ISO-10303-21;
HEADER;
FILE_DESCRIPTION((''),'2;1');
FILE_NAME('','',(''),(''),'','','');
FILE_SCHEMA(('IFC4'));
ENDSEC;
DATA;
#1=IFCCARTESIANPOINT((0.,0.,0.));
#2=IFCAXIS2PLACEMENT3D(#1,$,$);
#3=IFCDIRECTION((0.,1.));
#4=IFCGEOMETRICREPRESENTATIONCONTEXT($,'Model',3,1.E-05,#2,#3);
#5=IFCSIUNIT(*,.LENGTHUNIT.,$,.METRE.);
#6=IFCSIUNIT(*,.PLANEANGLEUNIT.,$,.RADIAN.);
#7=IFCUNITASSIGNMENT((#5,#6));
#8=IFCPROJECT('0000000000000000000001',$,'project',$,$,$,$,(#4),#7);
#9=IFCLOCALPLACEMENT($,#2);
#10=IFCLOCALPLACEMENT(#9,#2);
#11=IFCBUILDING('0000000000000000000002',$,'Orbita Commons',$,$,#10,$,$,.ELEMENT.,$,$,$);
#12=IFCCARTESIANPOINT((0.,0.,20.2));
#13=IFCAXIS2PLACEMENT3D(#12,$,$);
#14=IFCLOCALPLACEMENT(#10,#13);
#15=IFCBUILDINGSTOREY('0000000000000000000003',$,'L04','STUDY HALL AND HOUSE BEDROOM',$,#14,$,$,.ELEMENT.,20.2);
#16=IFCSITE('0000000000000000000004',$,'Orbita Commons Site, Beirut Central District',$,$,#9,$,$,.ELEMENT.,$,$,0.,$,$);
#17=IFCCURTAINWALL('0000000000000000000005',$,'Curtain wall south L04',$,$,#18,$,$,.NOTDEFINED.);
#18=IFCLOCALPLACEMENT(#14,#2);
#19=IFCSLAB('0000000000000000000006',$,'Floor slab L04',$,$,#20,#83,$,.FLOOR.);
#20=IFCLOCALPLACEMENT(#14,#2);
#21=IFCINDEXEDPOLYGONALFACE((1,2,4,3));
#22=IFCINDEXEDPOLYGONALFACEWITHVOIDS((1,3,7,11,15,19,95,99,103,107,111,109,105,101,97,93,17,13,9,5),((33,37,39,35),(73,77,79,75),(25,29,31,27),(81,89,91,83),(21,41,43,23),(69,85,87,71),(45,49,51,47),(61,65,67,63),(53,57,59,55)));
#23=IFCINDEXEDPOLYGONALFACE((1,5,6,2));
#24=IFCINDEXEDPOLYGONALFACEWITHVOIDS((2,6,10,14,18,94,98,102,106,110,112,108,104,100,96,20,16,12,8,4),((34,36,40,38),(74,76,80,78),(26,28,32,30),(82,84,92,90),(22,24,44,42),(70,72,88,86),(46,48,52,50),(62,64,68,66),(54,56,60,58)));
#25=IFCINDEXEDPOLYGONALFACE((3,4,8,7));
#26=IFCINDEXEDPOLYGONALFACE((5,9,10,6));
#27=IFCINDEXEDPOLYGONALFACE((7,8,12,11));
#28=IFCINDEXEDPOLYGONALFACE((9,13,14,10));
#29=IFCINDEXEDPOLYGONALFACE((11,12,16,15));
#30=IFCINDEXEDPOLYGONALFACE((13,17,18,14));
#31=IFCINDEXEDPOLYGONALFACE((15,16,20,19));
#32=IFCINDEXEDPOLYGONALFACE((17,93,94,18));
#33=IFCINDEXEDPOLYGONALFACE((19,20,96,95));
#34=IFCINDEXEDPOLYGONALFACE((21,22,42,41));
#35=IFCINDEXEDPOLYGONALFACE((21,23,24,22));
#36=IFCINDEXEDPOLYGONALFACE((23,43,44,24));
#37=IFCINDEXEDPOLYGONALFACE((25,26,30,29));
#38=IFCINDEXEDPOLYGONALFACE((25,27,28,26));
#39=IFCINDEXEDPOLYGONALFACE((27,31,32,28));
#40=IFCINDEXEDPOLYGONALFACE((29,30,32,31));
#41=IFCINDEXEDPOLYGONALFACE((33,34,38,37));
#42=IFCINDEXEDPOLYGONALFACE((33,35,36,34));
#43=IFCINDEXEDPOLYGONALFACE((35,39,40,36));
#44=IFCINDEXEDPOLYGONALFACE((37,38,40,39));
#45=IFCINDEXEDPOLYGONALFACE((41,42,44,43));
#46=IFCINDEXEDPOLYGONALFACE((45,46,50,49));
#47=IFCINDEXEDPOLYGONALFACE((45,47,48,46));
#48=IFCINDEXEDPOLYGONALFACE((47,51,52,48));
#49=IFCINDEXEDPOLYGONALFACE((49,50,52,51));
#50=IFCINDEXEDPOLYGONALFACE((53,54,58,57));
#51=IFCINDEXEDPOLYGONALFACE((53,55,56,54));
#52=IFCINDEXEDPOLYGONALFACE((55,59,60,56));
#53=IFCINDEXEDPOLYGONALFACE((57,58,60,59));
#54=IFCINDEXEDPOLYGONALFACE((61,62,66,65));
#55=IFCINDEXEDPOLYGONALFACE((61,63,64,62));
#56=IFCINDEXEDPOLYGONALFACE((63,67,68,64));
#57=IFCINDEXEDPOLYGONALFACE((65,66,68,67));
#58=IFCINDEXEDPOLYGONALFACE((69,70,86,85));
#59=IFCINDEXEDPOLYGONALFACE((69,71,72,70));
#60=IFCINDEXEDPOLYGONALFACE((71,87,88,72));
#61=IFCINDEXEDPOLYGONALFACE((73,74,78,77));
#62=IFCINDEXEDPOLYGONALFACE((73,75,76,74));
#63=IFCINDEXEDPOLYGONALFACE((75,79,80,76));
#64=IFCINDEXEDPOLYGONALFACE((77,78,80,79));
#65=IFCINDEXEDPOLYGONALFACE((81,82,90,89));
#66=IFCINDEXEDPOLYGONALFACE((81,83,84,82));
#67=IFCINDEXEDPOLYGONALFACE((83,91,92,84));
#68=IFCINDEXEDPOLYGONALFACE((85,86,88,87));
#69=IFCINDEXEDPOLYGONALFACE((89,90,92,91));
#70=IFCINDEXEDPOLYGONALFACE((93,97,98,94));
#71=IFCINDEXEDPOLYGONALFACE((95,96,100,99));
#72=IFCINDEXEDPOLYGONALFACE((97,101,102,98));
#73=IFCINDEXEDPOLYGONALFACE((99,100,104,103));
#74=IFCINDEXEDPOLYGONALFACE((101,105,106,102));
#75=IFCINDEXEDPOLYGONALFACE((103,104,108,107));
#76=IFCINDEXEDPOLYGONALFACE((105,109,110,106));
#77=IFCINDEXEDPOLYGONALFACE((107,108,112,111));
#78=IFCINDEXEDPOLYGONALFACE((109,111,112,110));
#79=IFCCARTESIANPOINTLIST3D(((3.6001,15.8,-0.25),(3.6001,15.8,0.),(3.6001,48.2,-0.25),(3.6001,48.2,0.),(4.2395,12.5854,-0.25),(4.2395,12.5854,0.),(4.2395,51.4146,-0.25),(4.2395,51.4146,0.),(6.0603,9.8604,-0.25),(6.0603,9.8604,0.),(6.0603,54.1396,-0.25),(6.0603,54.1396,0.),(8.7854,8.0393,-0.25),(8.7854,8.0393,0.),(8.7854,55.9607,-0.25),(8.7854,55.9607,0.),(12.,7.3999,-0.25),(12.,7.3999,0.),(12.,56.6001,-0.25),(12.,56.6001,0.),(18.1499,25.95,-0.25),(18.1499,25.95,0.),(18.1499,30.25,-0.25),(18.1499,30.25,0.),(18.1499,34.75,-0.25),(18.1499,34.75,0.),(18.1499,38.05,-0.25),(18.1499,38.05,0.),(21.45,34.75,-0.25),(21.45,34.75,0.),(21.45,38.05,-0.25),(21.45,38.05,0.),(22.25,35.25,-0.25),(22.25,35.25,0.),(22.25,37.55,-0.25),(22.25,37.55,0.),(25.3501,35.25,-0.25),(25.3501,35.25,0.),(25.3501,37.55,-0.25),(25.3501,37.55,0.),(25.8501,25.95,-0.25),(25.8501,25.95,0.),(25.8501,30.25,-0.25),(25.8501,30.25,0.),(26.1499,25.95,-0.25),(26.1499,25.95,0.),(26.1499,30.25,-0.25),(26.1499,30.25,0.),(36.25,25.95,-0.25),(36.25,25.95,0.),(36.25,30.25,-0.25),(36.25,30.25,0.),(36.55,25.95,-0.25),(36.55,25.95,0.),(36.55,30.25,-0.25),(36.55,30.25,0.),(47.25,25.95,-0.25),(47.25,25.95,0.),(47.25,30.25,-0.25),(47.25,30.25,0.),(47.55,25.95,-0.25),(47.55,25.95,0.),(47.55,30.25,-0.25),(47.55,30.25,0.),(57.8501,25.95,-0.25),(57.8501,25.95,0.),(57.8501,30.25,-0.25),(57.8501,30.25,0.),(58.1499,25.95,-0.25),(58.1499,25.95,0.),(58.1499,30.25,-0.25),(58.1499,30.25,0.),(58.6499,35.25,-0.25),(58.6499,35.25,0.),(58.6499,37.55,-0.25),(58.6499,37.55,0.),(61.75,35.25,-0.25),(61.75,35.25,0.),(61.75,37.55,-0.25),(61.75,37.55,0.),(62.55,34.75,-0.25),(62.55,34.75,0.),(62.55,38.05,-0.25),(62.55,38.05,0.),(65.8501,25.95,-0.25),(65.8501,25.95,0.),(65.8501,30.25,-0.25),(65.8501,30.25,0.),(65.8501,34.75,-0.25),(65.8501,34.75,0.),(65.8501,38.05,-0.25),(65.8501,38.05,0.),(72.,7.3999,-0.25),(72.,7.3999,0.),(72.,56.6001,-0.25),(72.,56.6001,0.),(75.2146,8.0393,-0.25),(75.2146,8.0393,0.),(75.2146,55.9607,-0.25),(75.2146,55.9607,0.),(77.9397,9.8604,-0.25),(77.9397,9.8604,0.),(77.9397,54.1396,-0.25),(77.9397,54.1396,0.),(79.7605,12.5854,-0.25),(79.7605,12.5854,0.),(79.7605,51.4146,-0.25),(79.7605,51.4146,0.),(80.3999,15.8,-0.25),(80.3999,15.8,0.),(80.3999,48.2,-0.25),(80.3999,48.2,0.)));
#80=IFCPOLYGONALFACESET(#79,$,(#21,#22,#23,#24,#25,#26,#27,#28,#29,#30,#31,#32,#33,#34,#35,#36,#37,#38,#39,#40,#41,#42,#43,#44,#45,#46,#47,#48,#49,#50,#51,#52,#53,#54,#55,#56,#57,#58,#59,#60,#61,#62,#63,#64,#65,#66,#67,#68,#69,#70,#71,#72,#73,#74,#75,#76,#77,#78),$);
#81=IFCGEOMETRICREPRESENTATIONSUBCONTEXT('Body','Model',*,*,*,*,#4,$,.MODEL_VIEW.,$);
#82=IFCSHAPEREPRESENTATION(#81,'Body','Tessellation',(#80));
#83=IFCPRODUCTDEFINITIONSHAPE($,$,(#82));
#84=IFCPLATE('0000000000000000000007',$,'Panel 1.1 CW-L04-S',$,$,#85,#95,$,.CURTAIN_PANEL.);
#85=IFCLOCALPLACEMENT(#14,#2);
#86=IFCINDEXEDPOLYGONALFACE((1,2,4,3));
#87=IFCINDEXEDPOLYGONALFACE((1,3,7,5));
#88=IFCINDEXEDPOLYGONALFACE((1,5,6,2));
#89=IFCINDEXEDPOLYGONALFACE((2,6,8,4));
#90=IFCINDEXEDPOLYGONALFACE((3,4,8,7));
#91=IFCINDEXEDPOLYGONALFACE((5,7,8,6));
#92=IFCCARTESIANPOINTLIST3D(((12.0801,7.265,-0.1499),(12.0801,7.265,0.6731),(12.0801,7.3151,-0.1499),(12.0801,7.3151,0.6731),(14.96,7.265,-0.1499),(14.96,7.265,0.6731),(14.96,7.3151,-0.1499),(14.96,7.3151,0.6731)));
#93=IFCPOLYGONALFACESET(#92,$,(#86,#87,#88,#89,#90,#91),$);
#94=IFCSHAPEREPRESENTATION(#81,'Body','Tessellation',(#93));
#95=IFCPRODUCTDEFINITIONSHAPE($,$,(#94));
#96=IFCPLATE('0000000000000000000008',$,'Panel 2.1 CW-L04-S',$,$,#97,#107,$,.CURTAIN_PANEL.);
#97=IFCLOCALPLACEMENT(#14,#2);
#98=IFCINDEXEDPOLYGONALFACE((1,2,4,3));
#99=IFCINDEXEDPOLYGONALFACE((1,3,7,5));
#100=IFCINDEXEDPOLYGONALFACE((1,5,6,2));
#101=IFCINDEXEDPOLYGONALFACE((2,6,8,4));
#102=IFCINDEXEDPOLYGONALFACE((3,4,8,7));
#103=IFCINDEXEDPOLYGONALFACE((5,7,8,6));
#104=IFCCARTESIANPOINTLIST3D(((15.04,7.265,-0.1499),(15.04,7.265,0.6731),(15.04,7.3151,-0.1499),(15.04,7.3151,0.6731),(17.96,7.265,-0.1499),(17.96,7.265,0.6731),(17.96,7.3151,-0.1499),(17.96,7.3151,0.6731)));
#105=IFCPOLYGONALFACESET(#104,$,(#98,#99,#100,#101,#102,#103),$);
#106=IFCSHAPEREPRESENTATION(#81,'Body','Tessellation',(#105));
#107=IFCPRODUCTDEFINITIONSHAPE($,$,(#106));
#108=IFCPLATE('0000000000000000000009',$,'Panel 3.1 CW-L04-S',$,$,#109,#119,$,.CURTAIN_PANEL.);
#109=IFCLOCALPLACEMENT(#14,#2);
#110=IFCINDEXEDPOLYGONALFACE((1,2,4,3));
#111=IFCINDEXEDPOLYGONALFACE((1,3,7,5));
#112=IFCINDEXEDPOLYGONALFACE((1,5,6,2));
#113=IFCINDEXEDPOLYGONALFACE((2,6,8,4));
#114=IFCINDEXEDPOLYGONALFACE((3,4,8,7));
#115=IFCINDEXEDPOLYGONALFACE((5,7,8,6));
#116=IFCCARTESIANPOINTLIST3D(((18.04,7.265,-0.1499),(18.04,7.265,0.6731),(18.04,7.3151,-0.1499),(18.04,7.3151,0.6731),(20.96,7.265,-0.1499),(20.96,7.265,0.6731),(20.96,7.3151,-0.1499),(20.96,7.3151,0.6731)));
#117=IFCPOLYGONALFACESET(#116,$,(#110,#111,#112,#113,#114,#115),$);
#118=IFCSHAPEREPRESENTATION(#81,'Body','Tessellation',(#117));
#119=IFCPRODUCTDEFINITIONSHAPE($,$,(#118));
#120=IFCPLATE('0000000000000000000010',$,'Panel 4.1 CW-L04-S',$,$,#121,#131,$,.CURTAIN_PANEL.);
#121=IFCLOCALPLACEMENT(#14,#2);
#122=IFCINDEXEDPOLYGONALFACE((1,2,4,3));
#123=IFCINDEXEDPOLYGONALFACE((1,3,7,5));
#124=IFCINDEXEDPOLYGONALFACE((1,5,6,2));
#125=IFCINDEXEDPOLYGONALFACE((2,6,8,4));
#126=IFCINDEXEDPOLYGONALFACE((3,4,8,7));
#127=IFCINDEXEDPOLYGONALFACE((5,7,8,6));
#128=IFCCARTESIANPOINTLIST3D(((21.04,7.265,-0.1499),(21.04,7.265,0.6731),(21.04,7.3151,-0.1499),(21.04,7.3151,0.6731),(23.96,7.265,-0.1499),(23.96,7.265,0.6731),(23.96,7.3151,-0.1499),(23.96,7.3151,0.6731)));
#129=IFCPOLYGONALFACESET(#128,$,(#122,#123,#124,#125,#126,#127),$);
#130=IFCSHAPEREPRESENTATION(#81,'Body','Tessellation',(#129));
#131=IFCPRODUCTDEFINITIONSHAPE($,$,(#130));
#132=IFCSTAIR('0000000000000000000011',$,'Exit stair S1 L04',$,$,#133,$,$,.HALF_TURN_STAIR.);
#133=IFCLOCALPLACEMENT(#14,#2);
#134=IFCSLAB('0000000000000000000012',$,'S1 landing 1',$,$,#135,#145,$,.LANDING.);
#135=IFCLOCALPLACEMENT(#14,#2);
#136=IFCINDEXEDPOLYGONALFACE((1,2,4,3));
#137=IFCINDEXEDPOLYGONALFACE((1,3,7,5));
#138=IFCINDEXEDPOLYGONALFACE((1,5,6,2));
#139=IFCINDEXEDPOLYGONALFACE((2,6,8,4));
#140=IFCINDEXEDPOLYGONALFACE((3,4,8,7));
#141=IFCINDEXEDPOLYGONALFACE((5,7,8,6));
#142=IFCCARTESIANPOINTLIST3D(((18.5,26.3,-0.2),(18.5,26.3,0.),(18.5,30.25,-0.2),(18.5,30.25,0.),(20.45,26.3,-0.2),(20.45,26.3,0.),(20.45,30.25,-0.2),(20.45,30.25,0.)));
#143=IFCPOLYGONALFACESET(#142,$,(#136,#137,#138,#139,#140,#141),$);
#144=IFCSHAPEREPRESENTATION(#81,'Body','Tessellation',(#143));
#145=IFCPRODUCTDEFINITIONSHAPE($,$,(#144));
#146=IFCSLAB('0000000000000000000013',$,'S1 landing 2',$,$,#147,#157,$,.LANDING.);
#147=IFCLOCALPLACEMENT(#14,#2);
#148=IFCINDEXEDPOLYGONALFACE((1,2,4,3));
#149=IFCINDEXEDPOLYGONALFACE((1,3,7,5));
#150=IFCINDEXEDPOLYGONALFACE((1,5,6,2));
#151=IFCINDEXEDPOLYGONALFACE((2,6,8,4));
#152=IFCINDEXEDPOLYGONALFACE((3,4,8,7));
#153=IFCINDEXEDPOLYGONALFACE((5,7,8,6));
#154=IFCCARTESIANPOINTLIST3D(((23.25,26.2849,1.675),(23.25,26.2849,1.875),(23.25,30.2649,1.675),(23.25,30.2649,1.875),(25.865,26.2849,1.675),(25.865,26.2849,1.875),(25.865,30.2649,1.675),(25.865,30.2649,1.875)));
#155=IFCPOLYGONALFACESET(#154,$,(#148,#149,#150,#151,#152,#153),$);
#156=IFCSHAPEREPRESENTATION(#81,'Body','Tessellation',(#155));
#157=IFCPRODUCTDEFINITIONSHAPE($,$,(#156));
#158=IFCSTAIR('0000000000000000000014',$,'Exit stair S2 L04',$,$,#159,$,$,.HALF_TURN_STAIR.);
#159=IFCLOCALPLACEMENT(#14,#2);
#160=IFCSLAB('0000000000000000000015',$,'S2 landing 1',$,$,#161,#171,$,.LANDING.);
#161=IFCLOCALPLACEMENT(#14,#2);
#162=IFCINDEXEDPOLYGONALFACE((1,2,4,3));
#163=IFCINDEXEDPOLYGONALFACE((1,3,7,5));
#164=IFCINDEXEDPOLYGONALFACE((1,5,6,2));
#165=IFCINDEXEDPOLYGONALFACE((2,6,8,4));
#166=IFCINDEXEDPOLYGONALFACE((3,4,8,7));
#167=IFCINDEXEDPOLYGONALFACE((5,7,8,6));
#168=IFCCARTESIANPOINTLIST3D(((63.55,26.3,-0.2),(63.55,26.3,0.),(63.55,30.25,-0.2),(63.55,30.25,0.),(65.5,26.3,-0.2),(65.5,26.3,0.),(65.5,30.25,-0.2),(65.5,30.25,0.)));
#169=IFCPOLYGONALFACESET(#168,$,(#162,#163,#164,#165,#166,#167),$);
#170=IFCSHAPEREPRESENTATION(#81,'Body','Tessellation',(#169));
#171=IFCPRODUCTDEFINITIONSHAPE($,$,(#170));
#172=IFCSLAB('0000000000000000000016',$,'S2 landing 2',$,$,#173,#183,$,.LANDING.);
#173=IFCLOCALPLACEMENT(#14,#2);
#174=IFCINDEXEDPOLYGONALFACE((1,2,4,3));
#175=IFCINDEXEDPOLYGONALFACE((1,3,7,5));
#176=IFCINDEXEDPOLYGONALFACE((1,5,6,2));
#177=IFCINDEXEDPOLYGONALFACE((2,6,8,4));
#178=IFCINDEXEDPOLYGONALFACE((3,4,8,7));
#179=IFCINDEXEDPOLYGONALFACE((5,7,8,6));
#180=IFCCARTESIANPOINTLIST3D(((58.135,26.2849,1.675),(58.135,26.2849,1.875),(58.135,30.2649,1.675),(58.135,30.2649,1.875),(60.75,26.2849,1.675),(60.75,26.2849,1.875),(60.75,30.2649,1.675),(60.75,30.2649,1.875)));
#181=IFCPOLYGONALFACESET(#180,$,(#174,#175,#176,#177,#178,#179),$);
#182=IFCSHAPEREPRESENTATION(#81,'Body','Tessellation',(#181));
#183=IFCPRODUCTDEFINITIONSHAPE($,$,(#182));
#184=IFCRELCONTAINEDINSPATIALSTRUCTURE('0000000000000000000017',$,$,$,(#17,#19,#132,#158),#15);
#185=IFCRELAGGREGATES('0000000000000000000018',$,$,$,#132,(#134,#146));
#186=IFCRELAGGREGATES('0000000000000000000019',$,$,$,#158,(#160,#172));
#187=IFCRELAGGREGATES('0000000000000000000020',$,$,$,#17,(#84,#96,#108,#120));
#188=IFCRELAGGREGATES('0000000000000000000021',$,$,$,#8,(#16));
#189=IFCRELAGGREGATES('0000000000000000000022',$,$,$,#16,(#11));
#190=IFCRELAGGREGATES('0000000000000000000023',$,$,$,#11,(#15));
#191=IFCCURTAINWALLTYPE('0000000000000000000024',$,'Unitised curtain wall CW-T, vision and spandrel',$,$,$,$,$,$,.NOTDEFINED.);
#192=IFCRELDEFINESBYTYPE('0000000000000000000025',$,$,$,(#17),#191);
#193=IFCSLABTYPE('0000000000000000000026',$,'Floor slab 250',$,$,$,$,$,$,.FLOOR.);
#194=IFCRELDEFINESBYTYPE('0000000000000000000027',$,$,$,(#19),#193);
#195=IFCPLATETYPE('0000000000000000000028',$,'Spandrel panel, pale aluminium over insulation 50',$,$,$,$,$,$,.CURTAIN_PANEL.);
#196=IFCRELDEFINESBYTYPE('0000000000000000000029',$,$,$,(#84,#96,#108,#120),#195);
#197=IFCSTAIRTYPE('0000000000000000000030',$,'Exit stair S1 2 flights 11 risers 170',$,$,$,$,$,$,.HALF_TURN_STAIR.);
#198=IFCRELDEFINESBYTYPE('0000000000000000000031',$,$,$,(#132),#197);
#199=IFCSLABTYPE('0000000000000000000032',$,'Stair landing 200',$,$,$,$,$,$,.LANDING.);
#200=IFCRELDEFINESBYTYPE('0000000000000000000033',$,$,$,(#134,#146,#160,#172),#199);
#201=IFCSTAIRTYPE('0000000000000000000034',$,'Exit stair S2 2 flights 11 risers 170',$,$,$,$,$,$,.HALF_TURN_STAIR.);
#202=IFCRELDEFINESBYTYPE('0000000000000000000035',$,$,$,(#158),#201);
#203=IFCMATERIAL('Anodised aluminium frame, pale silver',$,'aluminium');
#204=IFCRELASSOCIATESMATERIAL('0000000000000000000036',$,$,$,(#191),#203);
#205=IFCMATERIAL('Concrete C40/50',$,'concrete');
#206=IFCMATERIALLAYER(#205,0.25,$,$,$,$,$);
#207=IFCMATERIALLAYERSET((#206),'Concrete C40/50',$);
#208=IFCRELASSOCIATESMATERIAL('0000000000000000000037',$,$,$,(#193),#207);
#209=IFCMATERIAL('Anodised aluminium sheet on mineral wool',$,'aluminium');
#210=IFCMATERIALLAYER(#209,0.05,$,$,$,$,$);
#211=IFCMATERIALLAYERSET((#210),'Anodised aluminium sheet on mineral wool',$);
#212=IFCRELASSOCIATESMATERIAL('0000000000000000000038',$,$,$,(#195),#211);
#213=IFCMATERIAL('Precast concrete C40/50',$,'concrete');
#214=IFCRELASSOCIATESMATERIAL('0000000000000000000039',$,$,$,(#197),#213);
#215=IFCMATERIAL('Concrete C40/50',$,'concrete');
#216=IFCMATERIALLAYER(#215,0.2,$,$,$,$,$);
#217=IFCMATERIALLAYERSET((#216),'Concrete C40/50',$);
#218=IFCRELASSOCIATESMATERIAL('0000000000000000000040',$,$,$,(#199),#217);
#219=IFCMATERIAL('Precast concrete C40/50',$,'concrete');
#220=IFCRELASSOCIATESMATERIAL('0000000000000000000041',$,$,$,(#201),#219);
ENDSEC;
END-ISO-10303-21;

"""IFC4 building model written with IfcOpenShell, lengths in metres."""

from ifc_helpers import new_model, si_unit, direction, frame, origin, origin_2d, place, context, subcontext, project, spatial, polyline, rectangle, outline, extrude, material, layer, layer_set, type_object, element, aggregate, save


model = new_model("IFC4")

# Units and contexts
model_context = context("Model", 3, precision=1e-05, world=origin(), true_north=direction((0.0, 1.0)))
body_context = subcontext(model_context, "Body", "Model", "MODEL_VIEW")
ifc_project = project(units=[si_unit("LENGTHUNIT", "METRE"), si_unit("PLANEANGLEUNIT", "RADIAN")], contexts=[model_context])

# Site, building, storey
site_placement = place(None, origin())
site = spatial("IfcSite", under=ifc_project, at=site_placement, Name="Orbita Commons Site, Beirut Central District", CompositionType="ELEMENT", RefElevation=0.0)
building_placement = place(site_placement, origin())
building = spatial("IfcBuilding", under=site, at=building_placement, Name="Orbita Commons", CompositionType="ELEMENT")
storey_placement = place(building_placement, frame((0.0, 0.0, 20.2)))
storey = spatial("IfcBuildingStorey", under=building, at=storey_placement, Name="L04", Description="STUDY HALL AND HOUSE BEDROOM", CompositionType="ELEMENT", Elevation=20.2)

# Curtain wall
ifc_material_1 = material(Name="Anodised aluminium frame, pale silver", Category="aluminium")
curtain_wall_type = type_object("IfcCurtainWallType", Name="Unitised curtain wall CW-T, vision and spandrel", PredefinedType="NOTDEFINED", material=ifc_material_1)
curtain_wall_placement = place(storey_placement, origin())
curtain_wall = element("IfcCurtainWall", 1, at=curtain_wall_placement, inside=storey, type_object=curtain_wall_type, Name="Curtain wall south L04", PredefinedType="NOTDEFINED")

# Slab
ifc_material_2 = material(Name="Concrete C40/50", Category="concrete")
ifc_layer_1 = layer(ifc_material_2, 0.25)
ifc_layer_set_1 = layer_set([ifc_layer_1], Name="Concrete C40/50")
slab_type_1 = type_object("IfcSlabType", Name="Floor slab 250", PredefinedType="FLOOR", material=ifc_layer_set_1)
slab_1_placement = place(storey_placement, frame((0.0, 0.0, -0.25)))
element("IfcSlab", 2, at=slab_1_placement, inside=storey, type_object=slab_type_1, Name="Floor slab L04", PredefinedType="FLOOR", context=body_context, shape_type="SweptSolid", body=[
    extrude(outline(polyline([(72.0, 7.3999), (75.2146, 8.0393), (77.9397, 9.8604), (79.7605, 12.5854), (80.3999, 15.8), (80.3999, 48.2), (79.7605, 51.4146), (77.9397, 54.1396), (75.2146, 55.9607), (72.0, 56.6001), (12.0, 56.6001), (8.7854, 55.9607), (6.0603, 54.1396), (4.2395, 51.4146), (3.6001, 48.2), (3.6001, 15.8), (4.2395, 12.5854), (6.0603, 9.8604), (8.7854, 8.0393), (12.0, 7.3999), (72.0, 7.3999)]), holes=[polyline([(18.1499, 25.95), (25.8501, 25.95), (25.8501, 30.25), (18.1499, 30.25), (18.1499, 25.95)]), polyline([(58.1499, 25.95), (65.8501, 25.95), (65.8501, 30.25), (58.1499, 30.25), (58.1499, 25.95)]), polyline([(18.1499, 34.75), (21.45, 34.75), (21.45, 38.05), (18.1499, 38.05), (18.1499, 34.75)]), polyline([(62.55, 34.75), (65.8501, 34.75), (65.8501, 38.05), (62.55, 38.05), (62.55, 34.75)]), polyline([(22.25, 35.25), (25.3501, 35.25), (25.3501, 37.55), (22.25, 37.55), (22.25, 35.25)]), polyline([(58.6499, 35.25), (61.75, 35.25), (61.75, 37.55), (58.6499, 37.55), (58.6499, 35.25)]), polyline([(26.1499, 25.95), (36.25, 25.95), (36.25, 30.25), (26.1499, 30.25), (26.1499, 25.95)]), polyline([(36.55, 25.95), (47.25, 25.95), (47.25, 30.25), (36.55, 30.25), (36.55, 25.95)]), polyline([(47.55, 25.95), (57.8501, 25.95), (57.8501, 30.25), (47.55, 30.25), (47.55, 25.95)])]), origin(), (0.0, 0.0, 1.0), 0.25),
])

# Plates
ifc_material_3 = material(Name="Anodised aluminium sheet on mineral wool", Category="aluminium")
ifc_layer_2 = layer(ifc_material_3, 0.05)
ifc_layer_set_2 = layer_set([ifc_layer_2], Name="Anodised aluminium sheet on mineral wool")
plate_type_1 = type_object("IfcPlateType", Name="Spandrel panel, pale aluminium over insulation 50", PredefinedType="CURTAIN_PANEL", material=ifc_layer_set_2)
plate_1_placement = place(storey_placement, frame((13.52, 7.29, -0.1499), z_axis=(0.0, 0.0, 1.0), x_axis=(1.0, 0.0, 0.0)))
plate_1 = element("IfcPlate", 3, at=plate_1_placement, type_object=plate_type_1, Name="Panel 1.1 CW-L04-S", PredefinedType="CURTAIN_PANEL", context=body_context, shape_type="SweptSolid", body=[
    extrude(rectangle(XDim=2.8799, YDim=0.05, at=origin_2d()), origin(), (0.0, 0.0, 1.0), 0.823),
])
plate_2_placement = place(storey_placement, frame((16.5, 7.29, -0.1499), z_axis=(0.0, 0.0, 1.0), x_axis=(1.0, 0.0, 0.0)))
plate_2 = element("IfcPlate", 4, at=plate_2_placement, type_object=plate_type_1, Name="Panel 2.1 CW-L04-S", PredefinedType="CURTAIN_PANEL", context=body_context, shape_type="SweptSolid", body=[
    extrude(rectangle(XDim=2.9199, YDim=0.05, at=origin_2d()), origin(), (0.0, 0.0, 1.0), 0.823),
])
plate_3_placement = place(storey_placement, frame((19.5, 7.29, -0.1499), z_axis=(0.0, 0.0, 1.0), x_axis=(1.0, 0.0, 0.0)))
plate_3 = element("IfcPlate", 5, at=plate_3_placement, type_object=plate_type_1, Name="Panel 3.1 CW-L04-S", PredefinedType="CURTAIN_PANEL", context=body_context, shape_type="SweptSolid", body=[
    extrude(rectangle(XDim=2.9199, YDim=0.05, at=origin_2d()), origin(), (0.0, 0.0, 1.0), 0.823),
])
plate_4_placement = place(storey_placement, frame((22.5, 7.29, -0.1499), z_axis=(0.0, 0.0, 1.0), x_axis=(1.0, 0.0, 0.0)))
plate_4 = element("IfcPlate", 6, at=plate_4_placement, type_object=plate_type_1, Name="Panel 4.1 CW-L04-S", PredefinedType="CURTAIN_PANEL", context=body_context, shape_type="SweptSolid", body=[
    extrude(rectangle(XDim=2.9199, YDim=0.05, at=origin_2d()), origin(), (0.0, 0.0, 1.0), 0.823),
])

# Stairs, slabs
ifc_material_4 = material(Name="Precast concrete C40/50", Category="concrete")
stair_type_1 = type_object("IfcStairType", Name="Exit stair S1 2 flights 11 risers 170", PredefinedType="HALF_TURN_STAIR", material=ifc_material_4)
stair_1_placement = place(storey_placement, origin())
stair_1 = element("IfcStair", 7, at=stair_1_placement, inside=storey, type_object=stair_type_1, Name="Exit stair S1 L04", PredefinedType="HALF_TURN_STAIR")
ifc_material_5 = material(Name="Concrete C40/50", Category="concrete")
ifc_layer_3 = layer(ifc_material_5, 0.2)
ifc_layer_set_3 = layer_set([ifc_layer_3], Name="Concrete C40/50")
slab_type_2 = type_object("IfcSlabType", Name="Stair landing 200", PredefinedType="LANDING", material=ifc_layer_set_3)
slab_2_placement = place(storey_placement, frame((0.0, 0.0, -0.2)))
slab_2 = element("IfcSlab", 8, at=slab_2_placement, type_object=slab_type_2, Name="S1 landing 1", PredefinedType="LANDING", context=body_context, shape_type="SweptSolid", body=[
    extrude(outline(polyline([(18.5, 26.3), (20.45, 26.3), (20.45, 30.25), (18.5, 30.25), (18.5, 26.3)])), origin(), (0.0, 0.0, 1.0), 0.2),
])
slab_3_placement = place(storey_placement, frame((0.0, 0.0, 1.675)))
slab_3 = element("IfcSlab", 9, at=slab_3_placement, type_object=slab_type_2, Name="S1 landing 2", PredefinedType="LANDING", context=body_context, shape_type="SweptSolid", body=[
    extrude(outline(polyline([(23.25, 26.2849), (25.865, 26.2849), (25.865, 30.2649), (23.25, 30.2649), (23.25, 26.2849)])), origin(), (0.0, 0.0, 1.0), 0.2),
])
aggregate(stair_1, [slab_2, slab_3])
ifc_material_6 = material(Name="Precast concrete C40/50", Category="concrete")
stair_type_2 = type_object("IfcStairType", Name="Exit stair S2 2 flights 11 risers 170", PredefinedType="HALF_TURN_STAIR", material=ifc_material_6)
stair_2_placement = place(storey_placement, origin())
stair_2 = element("IfcStair", 10, at=stair_2_placement, inside=storey, type_object=stair_type_2, Name="Exit stair S2 L04", PredefinedType="HALF_TURN_STAIR")
slab_4_placement = place(storey_placement, frame((0.0, 0.0, -0.2)))
slab_4 = element("IfcSlab", 11, at=slab_4_placement, type_object=slab_type_2, Name="S2 landing 1", PredefinedType="LANDING", context=body_context, shape_type="SweptSolid", body=[
    extrude(outline(polyline([(63.55, 26.3), (65.5, 26.3), (65.5, 30.25), (63.55, 30.25), (63.55, 26.3)])), origin(), (0.0, 0.0, 1.0), 0.2),
])
slab_5_placement = place(storey_placement, frame((0.0, 0.0, 1.675)))
slab_5 = element("IfcSlab", 12, at=slab_5_placement, type_object=slab_type_2, Name="S2 landing 2", PredefinedType="LANDING", context=body_context, shape_type="SweptSolid", body=[
    extrude(outline(polyline([(58.135, 26.2849), (60.75, 26.2849), (60.75, 30.2649), (58.135, 30.2649), (58.135, 26.2849)])), origin(), (0.0, 0.0, 1.0), 0.2),
])
aggregate(stair_2, [slab_4, slab_5])

aggregate(curtain_wall, [plate_1, plate_2, plate_3, plate_4])

save(model, "model.ifc")
